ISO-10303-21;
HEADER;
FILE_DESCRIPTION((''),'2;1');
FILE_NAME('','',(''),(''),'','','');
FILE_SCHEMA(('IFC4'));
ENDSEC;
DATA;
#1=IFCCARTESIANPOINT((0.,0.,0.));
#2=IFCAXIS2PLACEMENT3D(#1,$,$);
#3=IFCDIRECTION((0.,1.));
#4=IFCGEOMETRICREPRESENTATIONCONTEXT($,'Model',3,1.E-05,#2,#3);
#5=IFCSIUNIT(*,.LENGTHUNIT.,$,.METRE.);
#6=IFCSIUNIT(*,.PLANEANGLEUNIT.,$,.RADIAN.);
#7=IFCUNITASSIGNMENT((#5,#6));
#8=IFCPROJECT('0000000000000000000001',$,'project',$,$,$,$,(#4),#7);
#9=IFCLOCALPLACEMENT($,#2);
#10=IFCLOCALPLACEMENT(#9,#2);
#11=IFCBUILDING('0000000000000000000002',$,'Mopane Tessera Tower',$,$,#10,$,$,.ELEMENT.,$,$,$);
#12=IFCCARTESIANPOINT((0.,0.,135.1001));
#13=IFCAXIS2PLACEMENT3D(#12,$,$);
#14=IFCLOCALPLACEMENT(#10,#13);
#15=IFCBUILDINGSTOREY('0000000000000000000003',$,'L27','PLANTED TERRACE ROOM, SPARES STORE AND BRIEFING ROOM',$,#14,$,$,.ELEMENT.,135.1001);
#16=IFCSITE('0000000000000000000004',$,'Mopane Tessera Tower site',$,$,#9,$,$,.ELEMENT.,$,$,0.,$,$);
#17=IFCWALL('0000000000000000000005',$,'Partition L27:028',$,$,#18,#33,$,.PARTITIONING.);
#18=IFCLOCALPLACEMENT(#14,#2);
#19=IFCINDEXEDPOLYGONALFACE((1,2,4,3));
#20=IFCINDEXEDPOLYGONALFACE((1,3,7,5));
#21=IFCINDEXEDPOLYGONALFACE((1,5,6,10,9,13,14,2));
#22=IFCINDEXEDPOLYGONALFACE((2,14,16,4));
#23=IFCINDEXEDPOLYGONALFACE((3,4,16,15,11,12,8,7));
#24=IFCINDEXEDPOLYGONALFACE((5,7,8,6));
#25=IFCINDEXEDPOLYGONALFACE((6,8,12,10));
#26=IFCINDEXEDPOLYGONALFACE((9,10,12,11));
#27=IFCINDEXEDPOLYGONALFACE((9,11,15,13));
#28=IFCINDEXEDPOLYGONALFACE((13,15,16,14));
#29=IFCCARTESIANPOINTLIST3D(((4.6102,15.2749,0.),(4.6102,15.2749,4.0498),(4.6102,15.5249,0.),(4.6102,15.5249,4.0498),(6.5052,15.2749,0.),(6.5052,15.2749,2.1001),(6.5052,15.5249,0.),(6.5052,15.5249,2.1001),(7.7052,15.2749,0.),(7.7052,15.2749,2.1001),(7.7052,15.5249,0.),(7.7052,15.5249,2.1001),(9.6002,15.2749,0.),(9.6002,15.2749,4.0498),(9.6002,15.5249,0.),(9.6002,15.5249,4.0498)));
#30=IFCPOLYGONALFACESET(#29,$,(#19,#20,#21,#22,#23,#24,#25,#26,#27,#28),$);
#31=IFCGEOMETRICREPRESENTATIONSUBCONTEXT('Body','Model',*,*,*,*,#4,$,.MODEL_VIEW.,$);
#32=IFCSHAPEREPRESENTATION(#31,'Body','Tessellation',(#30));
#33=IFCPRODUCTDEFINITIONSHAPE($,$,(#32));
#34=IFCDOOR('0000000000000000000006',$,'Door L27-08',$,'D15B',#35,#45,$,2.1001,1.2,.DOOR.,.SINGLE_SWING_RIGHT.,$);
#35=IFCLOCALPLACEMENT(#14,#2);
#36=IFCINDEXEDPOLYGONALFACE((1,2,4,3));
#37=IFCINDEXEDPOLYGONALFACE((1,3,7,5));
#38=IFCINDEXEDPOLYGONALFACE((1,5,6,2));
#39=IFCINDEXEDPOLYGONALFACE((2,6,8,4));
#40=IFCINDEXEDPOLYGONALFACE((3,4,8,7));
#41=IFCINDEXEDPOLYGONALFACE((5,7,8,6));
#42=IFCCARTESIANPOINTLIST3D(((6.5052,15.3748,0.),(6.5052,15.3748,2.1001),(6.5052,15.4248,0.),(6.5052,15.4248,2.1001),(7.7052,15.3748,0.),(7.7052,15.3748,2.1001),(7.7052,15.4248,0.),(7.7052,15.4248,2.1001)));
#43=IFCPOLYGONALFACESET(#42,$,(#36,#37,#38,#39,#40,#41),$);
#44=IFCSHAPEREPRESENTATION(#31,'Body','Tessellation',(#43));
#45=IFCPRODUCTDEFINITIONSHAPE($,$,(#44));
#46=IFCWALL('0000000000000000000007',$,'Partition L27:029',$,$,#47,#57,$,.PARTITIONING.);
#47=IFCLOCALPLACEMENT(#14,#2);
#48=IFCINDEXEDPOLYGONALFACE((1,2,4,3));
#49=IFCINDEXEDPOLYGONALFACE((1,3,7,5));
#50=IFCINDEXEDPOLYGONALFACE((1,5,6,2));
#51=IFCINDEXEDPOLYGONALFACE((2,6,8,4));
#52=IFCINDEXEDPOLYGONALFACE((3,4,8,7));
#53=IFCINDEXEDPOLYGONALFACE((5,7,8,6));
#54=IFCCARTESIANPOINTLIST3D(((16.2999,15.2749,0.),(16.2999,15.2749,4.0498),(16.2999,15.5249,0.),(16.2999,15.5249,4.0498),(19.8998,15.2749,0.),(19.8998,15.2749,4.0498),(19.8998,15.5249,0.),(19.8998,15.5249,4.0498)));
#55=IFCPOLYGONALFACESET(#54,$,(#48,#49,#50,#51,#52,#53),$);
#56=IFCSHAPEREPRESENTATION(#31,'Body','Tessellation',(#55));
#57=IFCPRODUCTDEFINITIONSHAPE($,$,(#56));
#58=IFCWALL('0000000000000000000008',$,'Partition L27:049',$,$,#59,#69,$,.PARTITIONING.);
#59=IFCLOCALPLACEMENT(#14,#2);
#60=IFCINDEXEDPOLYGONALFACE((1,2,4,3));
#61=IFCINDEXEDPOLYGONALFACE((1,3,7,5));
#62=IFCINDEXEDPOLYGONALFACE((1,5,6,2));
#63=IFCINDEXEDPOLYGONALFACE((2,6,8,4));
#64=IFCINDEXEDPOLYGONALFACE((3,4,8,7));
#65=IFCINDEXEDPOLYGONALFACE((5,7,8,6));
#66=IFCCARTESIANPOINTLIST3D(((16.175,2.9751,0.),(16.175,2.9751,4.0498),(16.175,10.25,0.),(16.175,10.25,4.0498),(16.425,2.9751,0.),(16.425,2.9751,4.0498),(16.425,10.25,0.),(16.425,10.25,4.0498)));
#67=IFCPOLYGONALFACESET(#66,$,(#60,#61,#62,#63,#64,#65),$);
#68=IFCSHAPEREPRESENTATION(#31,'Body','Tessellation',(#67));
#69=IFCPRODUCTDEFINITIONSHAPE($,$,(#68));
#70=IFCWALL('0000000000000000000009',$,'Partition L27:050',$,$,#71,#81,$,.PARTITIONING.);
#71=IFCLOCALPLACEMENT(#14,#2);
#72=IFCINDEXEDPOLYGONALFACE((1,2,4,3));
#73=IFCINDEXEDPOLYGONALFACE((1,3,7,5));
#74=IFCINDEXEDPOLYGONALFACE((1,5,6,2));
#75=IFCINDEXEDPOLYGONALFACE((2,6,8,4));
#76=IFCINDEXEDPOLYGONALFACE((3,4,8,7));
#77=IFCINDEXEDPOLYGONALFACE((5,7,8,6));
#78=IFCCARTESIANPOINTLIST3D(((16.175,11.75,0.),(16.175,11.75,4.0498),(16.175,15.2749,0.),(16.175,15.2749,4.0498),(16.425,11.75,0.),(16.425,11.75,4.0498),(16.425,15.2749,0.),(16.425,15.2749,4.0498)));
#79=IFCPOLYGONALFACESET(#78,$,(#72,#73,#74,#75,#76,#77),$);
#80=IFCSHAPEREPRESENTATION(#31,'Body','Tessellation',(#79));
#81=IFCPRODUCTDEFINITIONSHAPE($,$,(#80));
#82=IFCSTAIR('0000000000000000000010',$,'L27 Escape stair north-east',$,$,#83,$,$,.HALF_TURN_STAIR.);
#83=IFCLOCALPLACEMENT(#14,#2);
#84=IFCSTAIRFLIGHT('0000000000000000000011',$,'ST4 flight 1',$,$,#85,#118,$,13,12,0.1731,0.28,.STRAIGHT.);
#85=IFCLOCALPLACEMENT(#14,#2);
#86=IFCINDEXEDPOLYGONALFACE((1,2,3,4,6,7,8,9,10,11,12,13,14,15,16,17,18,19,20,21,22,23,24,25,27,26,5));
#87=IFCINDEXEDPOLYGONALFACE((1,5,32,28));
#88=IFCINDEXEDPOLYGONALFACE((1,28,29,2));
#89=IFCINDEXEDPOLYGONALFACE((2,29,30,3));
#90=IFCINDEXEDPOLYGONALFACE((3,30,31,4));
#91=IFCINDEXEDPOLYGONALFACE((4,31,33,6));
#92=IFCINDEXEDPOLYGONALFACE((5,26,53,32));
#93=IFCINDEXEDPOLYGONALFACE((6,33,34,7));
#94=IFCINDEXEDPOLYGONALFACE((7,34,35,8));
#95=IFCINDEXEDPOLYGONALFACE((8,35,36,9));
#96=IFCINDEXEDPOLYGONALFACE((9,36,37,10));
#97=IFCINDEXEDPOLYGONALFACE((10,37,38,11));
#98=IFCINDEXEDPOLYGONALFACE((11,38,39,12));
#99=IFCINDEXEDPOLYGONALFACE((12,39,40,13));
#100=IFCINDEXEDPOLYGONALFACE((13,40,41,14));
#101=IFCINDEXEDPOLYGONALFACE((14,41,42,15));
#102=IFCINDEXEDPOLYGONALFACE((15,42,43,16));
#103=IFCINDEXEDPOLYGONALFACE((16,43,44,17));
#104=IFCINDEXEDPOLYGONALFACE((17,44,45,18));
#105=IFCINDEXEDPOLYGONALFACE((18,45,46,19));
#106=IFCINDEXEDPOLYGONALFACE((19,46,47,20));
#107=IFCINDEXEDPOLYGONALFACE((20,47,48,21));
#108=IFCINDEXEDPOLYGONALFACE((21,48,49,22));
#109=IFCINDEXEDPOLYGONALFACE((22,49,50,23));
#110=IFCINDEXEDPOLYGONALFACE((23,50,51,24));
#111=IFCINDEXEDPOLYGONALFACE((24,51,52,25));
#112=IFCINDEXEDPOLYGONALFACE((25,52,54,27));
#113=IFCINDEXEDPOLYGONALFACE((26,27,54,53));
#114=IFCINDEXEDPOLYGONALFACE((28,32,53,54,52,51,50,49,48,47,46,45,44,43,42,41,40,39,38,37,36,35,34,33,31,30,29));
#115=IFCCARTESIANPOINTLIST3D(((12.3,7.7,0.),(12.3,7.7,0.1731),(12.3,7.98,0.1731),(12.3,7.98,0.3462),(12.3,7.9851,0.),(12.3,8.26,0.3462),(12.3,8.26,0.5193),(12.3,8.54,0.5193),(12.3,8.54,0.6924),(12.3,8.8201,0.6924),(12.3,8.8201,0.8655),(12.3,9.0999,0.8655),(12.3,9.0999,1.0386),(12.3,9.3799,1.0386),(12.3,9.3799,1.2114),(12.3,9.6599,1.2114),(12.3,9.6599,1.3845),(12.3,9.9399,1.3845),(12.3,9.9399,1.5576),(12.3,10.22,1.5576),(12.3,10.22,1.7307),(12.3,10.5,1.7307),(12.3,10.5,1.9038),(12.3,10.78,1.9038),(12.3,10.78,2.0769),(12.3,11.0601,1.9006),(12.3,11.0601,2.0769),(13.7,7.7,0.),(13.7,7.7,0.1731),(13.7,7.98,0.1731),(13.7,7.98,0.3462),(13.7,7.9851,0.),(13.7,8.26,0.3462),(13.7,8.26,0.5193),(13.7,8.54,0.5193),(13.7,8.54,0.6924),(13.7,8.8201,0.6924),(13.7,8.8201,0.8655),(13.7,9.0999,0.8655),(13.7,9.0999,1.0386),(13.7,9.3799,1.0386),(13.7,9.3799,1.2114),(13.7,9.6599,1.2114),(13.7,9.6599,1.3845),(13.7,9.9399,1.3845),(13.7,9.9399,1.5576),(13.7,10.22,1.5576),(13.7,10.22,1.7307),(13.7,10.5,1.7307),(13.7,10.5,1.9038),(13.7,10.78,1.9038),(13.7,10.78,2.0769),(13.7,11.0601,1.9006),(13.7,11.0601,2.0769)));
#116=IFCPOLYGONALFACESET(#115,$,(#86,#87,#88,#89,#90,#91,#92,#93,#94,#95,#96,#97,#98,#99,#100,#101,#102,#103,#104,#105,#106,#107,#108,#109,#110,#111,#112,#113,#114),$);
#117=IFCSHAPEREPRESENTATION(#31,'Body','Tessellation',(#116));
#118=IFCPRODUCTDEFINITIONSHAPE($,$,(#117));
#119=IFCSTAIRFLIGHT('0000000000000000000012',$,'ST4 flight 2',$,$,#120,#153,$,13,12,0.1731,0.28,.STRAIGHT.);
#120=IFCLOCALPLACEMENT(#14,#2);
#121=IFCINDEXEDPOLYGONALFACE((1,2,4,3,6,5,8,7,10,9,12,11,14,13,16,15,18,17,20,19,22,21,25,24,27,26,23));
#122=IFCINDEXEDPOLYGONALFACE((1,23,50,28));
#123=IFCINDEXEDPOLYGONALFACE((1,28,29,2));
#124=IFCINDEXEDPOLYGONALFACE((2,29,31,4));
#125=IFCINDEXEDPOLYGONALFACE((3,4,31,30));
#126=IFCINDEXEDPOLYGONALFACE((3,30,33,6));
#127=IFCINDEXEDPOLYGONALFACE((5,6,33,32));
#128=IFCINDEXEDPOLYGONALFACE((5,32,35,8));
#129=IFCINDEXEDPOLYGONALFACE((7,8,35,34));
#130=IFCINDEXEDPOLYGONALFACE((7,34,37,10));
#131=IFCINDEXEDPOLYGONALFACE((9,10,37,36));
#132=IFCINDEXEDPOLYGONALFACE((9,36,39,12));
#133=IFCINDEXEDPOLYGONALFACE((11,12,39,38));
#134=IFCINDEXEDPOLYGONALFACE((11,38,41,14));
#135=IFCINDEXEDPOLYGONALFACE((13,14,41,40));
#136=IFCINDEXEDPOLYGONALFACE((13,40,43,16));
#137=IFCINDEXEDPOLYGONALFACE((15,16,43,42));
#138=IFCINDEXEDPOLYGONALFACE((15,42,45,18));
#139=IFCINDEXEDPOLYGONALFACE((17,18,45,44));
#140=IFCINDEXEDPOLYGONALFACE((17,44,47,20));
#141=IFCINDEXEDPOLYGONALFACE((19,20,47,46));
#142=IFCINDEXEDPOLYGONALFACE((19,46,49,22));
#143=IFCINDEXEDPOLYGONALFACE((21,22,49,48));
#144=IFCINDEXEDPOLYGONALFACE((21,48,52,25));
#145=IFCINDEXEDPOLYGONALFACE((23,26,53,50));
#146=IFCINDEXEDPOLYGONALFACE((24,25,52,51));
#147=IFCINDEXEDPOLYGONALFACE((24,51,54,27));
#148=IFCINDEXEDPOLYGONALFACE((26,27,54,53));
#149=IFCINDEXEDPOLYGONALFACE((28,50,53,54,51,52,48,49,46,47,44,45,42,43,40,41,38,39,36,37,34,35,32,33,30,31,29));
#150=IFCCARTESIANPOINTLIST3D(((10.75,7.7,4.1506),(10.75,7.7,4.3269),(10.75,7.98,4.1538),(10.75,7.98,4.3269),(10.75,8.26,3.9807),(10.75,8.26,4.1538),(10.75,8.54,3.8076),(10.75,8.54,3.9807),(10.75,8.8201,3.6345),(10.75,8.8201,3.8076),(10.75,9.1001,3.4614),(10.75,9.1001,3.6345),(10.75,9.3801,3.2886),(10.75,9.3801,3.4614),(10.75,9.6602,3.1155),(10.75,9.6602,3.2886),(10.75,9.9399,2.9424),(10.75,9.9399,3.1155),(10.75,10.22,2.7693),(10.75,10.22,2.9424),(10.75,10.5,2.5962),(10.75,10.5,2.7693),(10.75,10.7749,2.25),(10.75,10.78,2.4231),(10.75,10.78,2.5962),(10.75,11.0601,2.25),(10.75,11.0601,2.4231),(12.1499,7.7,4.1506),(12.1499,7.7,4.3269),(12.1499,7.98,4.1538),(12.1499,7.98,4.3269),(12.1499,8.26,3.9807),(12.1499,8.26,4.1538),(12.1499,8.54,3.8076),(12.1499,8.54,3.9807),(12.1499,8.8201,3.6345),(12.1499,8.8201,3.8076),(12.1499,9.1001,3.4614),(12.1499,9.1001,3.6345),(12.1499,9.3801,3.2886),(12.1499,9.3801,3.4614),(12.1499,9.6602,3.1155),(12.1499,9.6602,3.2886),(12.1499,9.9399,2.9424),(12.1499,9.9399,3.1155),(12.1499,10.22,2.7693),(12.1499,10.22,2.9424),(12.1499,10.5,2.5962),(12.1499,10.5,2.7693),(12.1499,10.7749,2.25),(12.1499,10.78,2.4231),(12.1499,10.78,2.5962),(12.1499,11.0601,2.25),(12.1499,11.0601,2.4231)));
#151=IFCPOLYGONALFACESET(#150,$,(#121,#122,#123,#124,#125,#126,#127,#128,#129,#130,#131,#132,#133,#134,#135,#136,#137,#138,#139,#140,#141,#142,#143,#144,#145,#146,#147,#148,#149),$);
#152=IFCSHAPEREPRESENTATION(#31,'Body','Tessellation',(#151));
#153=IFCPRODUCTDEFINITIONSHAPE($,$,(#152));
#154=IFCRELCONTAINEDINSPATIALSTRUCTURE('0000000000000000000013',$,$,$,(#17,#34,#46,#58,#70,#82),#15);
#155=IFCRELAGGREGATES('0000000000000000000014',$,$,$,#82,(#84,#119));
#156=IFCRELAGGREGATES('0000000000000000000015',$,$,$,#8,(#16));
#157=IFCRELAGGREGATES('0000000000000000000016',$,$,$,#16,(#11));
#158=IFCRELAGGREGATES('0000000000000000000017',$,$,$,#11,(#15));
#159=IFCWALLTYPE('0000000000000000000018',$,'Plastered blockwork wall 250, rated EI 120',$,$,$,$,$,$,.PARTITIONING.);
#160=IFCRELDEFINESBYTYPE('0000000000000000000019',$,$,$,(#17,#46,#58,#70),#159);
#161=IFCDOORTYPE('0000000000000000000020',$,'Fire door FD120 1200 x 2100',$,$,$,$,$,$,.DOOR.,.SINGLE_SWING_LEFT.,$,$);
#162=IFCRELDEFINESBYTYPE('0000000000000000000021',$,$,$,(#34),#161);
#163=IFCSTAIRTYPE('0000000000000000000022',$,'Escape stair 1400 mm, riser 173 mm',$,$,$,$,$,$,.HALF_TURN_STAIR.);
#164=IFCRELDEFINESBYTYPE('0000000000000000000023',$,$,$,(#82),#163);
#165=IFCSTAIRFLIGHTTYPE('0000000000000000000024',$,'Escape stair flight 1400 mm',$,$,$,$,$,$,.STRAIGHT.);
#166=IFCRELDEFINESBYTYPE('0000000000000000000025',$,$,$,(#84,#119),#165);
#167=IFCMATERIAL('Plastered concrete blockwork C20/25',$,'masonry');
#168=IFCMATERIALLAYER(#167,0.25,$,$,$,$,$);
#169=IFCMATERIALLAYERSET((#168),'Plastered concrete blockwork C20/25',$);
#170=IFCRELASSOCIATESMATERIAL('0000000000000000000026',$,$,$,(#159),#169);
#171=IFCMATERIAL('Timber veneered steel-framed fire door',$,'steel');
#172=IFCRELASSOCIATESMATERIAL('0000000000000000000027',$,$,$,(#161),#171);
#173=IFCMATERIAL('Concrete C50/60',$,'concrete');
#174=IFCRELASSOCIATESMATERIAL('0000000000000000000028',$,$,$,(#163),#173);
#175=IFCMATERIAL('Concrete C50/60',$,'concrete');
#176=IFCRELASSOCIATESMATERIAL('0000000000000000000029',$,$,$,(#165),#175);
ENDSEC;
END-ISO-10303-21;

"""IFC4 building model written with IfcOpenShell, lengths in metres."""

from ifc_helpers import new_model, si_unit, direction, frame, frame_2d, origin, place, context, subcontext, project, spatial, polyline, rectangle, outline, extrude, material, layer, layer_set, type_object, element, fill, aggregate, save


model = new_model("IFC4")

# Units and contexts
model_context = context("Model", 3, precision=1e-05, world=origin(), true_north=direction((0.0, 1.0)))
body_context = subcontext(model_context, "Body", "Model", "MODEL_VIEW")
ifc_project = project(units=[si_unit("LENGTHUNIT", "METRE"), si_unit("PLANEANGLEUNIT", "RADIAN")], contexts=[model_context])

# Site, building, storey
site_placement = place(None, origin())
site = spatial("IfcSite", under=ifc_project, at=site_placement, Name="Mopane Tessera Tower site", CompositionType="ELEMENT", RefElevation=0.0)
building_placement = place(site_placement, origin())
building = spatial("IfcBuilding", under=site, at=building_placement, Name="Mopane Tessera Tower", CompositionType="ELEMENT")
storey_placement = place(building_placement, frame((0.0, 0.0, 135.1001)))
storey = spatial("IfcBuildingStorey", under=building, at=storey_placement, Name="L27", Description="PLANTED TERRACE ROOM, SPARES STORE AND BRIEFING ROOM", CompositionType="ELEMENT", Elevation=135.1001)

# Shared definitions
ifc_material_1 = material(Name="Plastered concrete blockwork C20/25", Category="masonry")
ifc_layer_1 = layer(ifc_material_1, 0.25)
ifc_layer_set_1 = layer_set([ifc_layer_1], Name="Plastered concrete blockwork C20/25")
wall_type_1 = type_object("IfcWallType", Name="Plastered blockwork wall 250, rated EI 120", PredefinedType="PARTITIONING", material=ifc_layer_set_1)

# Wall, opening, door
wall_1_placement = place(storey_placement, frame((4.6101, 15.3999, 0.0), z_axis=(0.0, 0.0, 1.0), x_axis=(1.0, 0.0, 0.0)))
wall_1 = element("IfcWall", 1, at=wall_1_placement, inside=storey, type_object=wall_type_1, Name="Partition L27:028", PredefinedType="PARTITIONING", context=body_context, shape_type="SweptSolid", body=[
    extrude(rectangle(XDim=4.99, YDim=0.25, at=frame_2d((2.4951, 0.0))), origin(), (0.0, 0.0, 1.0), 4.0498),
])
opening_1_placement = place(wall_1_placement, frame((1.895, 0.0, 0.0)))
opening_1 = element("IfcOpeningElement", 2, at=opening_1_placement, cuts=wall_1, PredefinedType="OPENING", context=body_context, shape_type="SweptSolid", body=[
    extrude(rectangle(XDim=1.2, YDim=2.1001, at=frame_2d((0.6001, 1.05))), frame((0.0, 0.137, 0.0), z_axis=(0.0, -1.0, 0.0), x_axis=(1.0, 0.0, 0.0)), (0.0, 0.0, 1.0), 0.2739),
])
ifc_material_2 = material(Name="Timber veneered steel-framed fire door", Category="steel")
door_type_1 = type_object("IfcDoorType", Name="Fire door FD120 1200 x 2100", OperationType="SINGLE_SWING_LEFT", PredefinedType="DOOR", material=ifc_material_2)
door_1_placement = place(opening_1_placement, origin())
door_1 = element("IfcDoor", 3, at=door_1_placement, inside=storey, type_object=door_type_1, Name="Door L27-08", ObjectType="D15B", OperationType="SINGLE_SWING_RIGHT", OverallHeight=2.1001, OverallWidth=1.2, PredefinedType="DOOR", context=body_context, shape_type="SweptSolid", body=[
    extrude(rectangle(XDim=1.2, YDim=2.1001, at=frame_2d((0.6001, 1.05))), frame((0.0, 0.0249, 0.0), z_axis=(0.0, -1.0, 0.0), x_axis=(1.0, 0.0, 0.0)), (0.0, 0.0, 1.0), 0.05),
])
fill(opening_1, door_1)

# Walls
wall_2_placement = place(storey_placement, frame((16.3, 15.3999, 0.0), z_axis=(0.0, 0.0, 1.0), x_axis=(1.0, 0.0, 0.0)))
element("IfcWall", 4, at=wall_2_placement, inside=storey, type_object=wall_type_1, Name="Partition L27:029", PredefinedType="PARTITIONING", context=body_context, shape_type="SweptSolid", body=[
    extrude(rectangle(XDim=3.5999, YDim=0.25, at=frame_2d((1.7998, 0.0))), origin(), (0.0, 0.0, 1.0), 4.0498),
])
wall_3_placement = place(storey_placement, frame((16.3, 2.9751, 0.0), z_axis=(0.0, 0.0, 1.0), x_axis=(0.0, 1.0, 0.0)))
element("IfcWall", 5, at=wall_3_placement, inside=storey, type_object=wall_type_1, Name="Partition L27:049", PredefinedType="PARTITIONING", context=body_context, shape_type="SweptSolid", body=[
    extrude(rectangle(XDim=7.2749, YDim=0.25, at=frame_2d((3.6375, 0.0))), origin(), (0.0, 0.0, 1.0), 4.0498),
])
wall_4_placement = place(storey_placement, frame((16.3, 11.75, 0.0), z_axis=(0.0, 0.0, 1.0), x_axis=(0.0, 1.0, 0.0)))
element("IfcWall", 6, at=wall_4_placement, inside=storey, type_object=wall_type_1, Name="Partition L27:050", PredefinedType="PARTITIONING", context=body_context, shape_type="SweptSolid", body=[
    extrude(rectangle(XDim=3.5249, YDim=0.25, at=frame_2d((1.7625, 0.0))), origin(), (0.0, 0.0, 1.0), 4.0498),
])

# Stair, stair flights
ifc_material_3 = material(Name="Concrete C50/60", Category="concrete")
stair_type = type_object("IfcStairType", Name="Escape stair 1400 mm, riser 173 mm", PredefinedType="HALF_TURN_STAIR", material=ifc_material_3)
stair_placement = place(storey_placement, origin())
stair = element("IfcStair", 7, at=stair_placement, inside=storey, type_object=stair_type, Name="L27 Escape stair north-east", PredefinedType="HALF_TURN_STAIR")
ifc_material_4 = material(Name="Concrete C50/60", Category="concrete")
stair_flight_type = type_object("IfcStairFlightType", Name="Escape stair flight 1400 mm", PredefinedType="STRAIGHT", material=ifc_material_4)
stair_flight_1_placement = place(storey_placement, frame((13.0, 7.7, 0.0), z_axis=(0.0, 0.0, 1.0), x_axis=(0.0, 1.0, 0.0)))
stair_flight_1 = element("IfcStairFlight", 8, at=stair_flight_1_placement, type_object=stair_flight_type, Name="ST4 flight 1", NumberOfRisers=13, NumberOfTreads=12, PredefinedType="STRAIGHT", RiserHeight=0.1731, TreadLength=0.28, context=body_context, shape_type="SweptSolid", body=[
    extrude(outline(polyline([(0.0, 0.0), (0.0, 0.1731), (0.28, 0.1731), (0.28, 0.3462), (0.5601, 0.3462), (0.5601, 0.5193), (0.8401, 0.5193), (0.8401, 0.6924), (1.1201, 0.6924), (1.1201, 0.8655), (1.3999, 0.8655), (1.3999, 1.0386), (1.6799, 1.0386), (1.6799, 1.2114), (1.96, 1.2114), (1.96, 1.3845), (2.24, 1.3845), (2.24, 1.5576), (2.52, 1.5576), (2.52, 1.7307), (2.8, 1.7307), (2.8, 1.9038), (3.0801, 1.9038), (3.0801, 2.0769), (3.3601, 2.0769), (3.3601, 2.25), (3.3601, 1.9006), (0.2852, 0.0), (0.0, 0.0)])), frame((0.0, 0.7, 0.0), z_axis=(0.0, -1.0, 0.0), x_axis=(1.0, 0.0, 0.0)), (0.0, 0.0, 1.0), 1.3999),
])
stair_flight_2_placement = place(storey_placement, frame((11.45, 11.0601, 2.25), z_axis=(0.0, 0.0, 1.0), x_axis=(0.0, -1.0, 0.0)))
stair_flight_2 = element("IfcStairFlight", 9, at=stair_flight_2_placement, type_object=stair_flight_type, Name="ST4 flight 2", NumberOfRisers=13, NumberOfTreads=12, PredefinedType="STRAIGHT", RiserHeight=0.1731, TreadLength=0.28, context=body_context, shape_type="SweptSolid", body=[
    extrude(outline(polyline([(0.0, 0.0), (0.0, 0.1731), (0.28, 0.1731), (0.28, 0.3462), (0.5601, 0.3462), (0.5601, 0.5193), (0.8401, 0.5193), (0.8401, 0.6924), (1.1201, 0.6924), (1.1201, 0.8655), (1.3999, 0.8655), (1.3999, 1.0386), (1.6799, 1.0386), (1.6799, 1.2114), (1.96, 1.2114), (1.96, 1.3845), (2.24, 1.3845), (2.24, 1.5576), (2.52, 1.5576), (2.52, 1.7307), (2.8, 1.7307), (2.8, 1.9038), (3.0801, 1.9038), (3.0801, 2.0769), (3.3601, 2.0769), (3.3601, 2.25), (3.3601, 1.9006), (0.2852, 0.0), (0.0, 0.0)])), frame((0.0, 0.7, 0.0), z_axis=(0.0, -1.0, 0.0), x_axis=(1.0, 0.0, 0.0)), (0.0, 0.0, 1.0), 1.3999),
])
aggregate(stair, [stair_flight_1, stair_flight_2])

save(model, "model.ifc")
